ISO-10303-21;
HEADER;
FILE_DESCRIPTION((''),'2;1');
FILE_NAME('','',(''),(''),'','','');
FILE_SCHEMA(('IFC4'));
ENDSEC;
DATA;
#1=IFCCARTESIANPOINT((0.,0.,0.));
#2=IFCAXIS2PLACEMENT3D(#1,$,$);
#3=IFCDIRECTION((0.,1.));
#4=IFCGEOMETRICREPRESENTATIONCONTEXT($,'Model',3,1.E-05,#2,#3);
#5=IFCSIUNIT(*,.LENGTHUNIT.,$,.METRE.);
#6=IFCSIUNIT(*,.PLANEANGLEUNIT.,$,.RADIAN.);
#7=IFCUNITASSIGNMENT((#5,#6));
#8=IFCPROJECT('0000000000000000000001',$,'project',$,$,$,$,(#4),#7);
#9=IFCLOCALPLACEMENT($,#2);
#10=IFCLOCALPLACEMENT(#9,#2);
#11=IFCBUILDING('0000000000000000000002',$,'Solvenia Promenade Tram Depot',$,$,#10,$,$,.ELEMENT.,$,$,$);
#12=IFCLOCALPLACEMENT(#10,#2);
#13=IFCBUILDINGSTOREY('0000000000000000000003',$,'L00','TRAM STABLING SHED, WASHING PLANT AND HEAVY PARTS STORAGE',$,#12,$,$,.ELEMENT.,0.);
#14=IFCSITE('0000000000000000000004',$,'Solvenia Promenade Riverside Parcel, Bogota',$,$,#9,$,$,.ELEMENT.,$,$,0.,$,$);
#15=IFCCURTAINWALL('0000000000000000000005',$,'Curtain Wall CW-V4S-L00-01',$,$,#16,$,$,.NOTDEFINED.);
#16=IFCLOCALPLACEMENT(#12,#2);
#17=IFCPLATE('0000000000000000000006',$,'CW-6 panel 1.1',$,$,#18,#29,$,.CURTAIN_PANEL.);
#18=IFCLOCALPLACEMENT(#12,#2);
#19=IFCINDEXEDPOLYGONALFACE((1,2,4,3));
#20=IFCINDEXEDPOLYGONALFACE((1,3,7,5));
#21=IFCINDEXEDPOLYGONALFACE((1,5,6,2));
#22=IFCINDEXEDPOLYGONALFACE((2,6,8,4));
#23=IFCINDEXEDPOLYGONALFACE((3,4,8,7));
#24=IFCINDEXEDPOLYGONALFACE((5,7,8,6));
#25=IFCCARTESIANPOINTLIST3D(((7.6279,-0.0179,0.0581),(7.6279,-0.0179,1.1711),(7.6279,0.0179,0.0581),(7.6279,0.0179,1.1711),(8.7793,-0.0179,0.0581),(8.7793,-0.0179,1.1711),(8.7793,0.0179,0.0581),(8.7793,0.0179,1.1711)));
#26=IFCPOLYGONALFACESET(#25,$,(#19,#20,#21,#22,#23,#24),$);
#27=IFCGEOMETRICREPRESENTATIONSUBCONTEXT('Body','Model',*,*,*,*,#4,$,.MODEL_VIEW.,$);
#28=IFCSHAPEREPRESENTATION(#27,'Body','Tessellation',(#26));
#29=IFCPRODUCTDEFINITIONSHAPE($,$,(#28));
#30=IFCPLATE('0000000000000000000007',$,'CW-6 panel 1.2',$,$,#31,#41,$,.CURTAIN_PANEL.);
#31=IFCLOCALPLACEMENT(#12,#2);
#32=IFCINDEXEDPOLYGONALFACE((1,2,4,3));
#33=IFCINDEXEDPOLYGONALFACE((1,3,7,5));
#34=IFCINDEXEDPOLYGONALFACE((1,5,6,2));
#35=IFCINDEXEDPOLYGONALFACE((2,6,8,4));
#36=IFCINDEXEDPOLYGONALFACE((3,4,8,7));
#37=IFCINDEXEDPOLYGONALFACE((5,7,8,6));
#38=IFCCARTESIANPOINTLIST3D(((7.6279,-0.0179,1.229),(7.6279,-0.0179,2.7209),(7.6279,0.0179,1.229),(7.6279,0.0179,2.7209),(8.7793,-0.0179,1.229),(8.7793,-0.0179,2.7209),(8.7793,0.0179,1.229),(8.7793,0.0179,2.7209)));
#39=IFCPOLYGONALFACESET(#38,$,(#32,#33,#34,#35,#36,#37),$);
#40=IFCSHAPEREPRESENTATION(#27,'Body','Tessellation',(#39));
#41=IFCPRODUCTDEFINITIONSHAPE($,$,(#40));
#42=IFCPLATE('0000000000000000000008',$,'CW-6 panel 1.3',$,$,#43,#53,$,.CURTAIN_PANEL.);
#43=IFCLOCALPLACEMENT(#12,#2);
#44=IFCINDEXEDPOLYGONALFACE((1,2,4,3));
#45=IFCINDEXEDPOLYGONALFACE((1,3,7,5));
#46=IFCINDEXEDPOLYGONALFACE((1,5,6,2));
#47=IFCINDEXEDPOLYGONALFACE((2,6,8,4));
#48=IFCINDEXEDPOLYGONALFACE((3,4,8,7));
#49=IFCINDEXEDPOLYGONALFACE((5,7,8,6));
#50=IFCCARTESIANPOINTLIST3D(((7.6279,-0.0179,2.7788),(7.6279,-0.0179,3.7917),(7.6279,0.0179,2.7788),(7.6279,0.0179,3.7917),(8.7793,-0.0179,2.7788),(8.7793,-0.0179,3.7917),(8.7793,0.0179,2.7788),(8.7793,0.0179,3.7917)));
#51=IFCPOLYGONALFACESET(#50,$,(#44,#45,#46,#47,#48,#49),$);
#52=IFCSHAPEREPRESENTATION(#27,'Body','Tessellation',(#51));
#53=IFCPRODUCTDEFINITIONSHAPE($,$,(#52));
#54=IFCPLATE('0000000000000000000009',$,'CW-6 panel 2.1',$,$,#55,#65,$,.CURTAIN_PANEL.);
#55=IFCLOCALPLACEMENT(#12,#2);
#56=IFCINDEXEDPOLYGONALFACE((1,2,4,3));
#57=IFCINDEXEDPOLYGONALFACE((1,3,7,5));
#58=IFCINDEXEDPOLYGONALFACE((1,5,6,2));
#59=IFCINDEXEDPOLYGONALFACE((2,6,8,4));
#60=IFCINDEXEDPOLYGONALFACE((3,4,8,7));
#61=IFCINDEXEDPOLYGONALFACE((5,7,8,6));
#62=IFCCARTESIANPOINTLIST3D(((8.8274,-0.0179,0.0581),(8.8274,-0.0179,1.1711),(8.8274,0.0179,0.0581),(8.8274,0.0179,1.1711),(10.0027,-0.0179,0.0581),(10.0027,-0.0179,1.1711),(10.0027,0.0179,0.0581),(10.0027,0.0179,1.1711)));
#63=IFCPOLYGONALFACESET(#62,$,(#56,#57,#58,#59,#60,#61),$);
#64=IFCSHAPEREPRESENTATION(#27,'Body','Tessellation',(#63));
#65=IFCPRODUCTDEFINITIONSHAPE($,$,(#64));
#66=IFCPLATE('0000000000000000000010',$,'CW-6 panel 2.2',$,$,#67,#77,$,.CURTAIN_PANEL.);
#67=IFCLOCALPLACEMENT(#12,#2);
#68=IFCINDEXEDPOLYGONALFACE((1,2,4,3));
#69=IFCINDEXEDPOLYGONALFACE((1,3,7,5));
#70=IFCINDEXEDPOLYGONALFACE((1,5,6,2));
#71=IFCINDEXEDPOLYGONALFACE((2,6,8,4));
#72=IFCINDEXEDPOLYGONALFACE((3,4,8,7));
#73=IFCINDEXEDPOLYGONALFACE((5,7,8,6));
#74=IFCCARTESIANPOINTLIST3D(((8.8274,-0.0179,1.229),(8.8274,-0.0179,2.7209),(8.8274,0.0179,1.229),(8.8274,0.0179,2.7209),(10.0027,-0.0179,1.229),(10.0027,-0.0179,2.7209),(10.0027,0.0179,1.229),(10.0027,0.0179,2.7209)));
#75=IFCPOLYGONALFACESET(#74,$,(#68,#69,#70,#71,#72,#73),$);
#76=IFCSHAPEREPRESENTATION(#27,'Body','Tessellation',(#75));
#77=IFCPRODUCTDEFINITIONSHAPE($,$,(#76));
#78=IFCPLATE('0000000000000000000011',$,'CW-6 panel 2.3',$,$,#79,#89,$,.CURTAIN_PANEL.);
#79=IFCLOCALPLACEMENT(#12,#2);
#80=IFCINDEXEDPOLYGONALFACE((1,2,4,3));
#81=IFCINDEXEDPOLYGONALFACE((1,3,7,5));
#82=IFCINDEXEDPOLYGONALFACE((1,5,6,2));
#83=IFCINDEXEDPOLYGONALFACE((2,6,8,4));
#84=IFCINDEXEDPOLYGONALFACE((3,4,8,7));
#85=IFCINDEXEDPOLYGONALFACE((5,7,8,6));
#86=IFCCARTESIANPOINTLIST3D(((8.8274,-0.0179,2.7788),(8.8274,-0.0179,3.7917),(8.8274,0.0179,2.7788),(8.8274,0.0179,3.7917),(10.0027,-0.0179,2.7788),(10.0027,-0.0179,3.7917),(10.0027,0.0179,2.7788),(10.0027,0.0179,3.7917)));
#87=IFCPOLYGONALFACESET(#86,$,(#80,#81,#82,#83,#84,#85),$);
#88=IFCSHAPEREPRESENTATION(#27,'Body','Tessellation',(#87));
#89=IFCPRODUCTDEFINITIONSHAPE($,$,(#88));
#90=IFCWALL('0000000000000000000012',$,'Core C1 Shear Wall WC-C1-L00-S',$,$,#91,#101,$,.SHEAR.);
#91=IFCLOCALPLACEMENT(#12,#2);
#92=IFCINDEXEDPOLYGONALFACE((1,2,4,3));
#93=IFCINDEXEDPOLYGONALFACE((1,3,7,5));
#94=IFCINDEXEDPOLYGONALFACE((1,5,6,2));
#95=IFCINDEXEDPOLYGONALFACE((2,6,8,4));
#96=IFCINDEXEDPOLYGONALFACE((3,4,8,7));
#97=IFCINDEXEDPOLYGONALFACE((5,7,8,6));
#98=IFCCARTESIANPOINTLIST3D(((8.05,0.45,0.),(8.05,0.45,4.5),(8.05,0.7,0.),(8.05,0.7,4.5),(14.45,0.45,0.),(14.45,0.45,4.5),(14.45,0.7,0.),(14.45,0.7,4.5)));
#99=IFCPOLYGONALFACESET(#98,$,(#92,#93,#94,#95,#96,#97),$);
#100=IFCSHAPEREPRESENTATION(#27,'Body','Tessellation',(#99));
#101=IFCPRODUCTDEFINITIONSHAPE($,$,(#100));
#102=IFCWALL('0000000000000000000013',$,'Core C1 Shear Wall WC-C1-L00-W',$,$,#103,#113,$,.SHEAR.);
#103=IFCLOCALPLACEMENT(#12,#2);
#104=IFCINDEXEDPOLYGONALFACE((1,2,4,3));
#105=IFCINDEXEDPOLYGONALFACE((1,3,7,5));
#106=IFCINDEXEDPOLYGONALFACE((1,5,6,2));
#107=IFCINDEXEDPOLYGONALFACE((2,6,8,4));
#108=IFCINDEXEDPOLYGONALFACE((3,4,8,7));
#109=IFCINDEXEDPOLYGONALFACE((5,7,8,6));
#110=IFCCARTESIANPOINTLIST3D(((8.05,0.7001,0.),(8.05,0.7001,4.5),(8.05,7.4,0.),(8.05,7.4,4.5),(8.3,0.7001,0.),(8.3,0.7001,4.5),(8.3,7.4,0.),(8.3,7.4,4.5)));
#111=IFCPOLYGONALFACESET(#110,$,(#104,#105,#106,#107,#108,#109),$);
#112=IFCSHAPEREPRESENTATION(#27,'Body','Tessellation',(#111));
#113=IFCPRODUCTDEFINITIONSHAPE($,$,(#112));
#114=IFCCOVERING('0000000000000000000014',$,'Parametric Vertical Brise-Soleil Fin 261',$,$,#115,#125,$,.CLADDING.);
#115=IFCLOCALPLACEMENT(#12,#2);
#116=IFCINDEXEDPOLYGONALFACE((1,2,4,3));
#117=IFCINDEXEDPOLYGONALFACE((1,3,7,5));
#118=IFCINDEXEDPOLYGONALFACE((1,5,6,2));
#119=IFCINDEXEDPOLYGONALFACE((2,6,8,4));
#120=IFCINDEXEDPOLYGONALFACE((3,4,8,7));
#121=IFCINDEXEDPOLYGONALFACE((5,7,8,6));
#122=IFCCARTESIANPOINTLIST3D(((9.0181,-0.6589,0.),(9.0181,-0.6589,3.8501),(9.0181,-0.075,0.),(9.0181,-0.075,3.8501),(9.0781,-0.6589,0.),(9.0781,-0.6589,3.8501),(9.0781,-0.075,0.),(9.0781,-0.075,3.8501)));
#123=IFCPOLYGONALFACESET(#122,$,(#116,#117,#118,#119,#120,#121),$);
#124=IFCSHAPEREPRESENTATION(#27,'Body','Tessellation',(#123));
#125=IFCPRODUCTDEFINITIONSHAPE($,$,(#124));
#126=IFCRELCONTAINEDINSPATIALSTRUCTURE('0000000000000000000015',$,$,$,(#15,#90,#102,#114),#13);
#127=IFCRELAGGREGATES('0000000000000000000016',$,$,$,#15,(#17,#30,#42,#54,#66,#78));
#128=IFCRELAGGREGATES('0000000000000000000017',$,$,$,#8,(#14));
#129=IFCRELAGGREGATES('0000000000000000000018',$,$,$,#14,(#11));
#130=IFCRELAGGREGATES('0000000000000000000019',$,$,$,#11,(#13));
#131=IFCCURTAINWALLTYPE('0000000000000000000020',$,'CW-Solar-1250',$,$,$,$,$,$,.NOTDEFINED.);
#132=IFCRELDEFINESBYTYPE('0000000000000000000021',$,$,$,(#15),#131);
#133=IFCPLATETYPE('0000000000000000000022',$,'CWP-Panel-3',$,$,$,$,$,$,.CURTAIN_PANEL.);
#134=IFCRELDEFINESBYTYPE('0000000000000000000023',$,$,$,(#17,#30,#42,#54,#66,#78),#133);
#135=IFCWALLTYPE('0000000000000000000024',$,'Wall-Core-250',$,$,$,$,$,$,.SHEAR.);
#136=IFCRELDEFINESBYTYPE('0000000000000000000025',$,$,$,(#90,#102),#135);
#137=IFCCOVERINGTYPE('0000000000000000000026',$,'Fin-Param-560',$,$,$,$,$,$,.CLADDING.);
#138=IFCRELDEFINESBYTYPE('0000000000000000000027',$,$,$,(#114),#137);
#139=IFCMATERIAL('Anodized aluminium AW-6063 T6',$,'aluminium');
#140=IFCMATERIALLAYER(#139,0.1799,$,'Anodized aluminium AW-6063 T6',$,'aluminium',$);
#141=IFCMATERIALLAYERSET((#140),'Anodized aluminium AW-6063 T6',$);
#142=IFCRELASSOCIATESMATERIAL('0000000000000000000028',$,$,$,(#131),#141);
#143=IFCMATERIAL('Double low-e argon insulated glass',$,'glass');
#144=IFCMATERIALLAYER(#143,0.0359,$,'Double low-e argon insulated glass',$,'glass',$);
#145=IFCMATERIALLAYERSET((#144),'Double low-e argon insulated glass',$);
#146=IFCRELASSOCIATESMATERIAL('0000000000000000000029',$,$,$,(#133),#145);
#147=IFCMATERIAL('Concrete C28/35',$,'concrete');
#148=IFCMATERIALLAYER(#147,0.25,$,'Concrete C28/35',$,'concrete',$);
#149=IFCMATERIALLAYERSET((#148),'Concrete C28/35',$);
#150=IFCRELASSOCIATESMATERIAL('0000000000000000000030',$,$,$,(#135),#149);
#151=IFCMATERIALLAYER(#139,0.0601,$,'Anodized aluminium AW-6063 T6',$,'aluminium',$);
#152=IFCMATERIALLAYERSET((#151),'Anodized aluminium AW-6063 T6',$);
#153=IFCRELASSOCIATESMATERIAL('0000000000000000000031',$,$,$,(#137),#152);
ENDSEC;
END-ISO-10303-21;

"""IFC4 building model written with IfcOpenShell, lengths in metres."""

from ifc_helpers import new_model, si_unit, direction, frame, frame_2d, origin, origin_2d, place, context, subcontext, project, spatial, rectangle, extrude, material, layer, layer_set, type_object, element, aggregate, save


model = new_model("IFC4")

# Units and contexts
model_context = context("Model", 3, precision=1e-05, world=origin(), true_north=direction((0.0, 1.0)))
body_context = subcontext(model_context, "Body", "Model", "MODEL_VIEW")
ifc_project = project(units=[si_unit("LENGTHUNIT", "METRE"), si_unit("PLANEANGLEUNIT", "RADIAN")], contexts=[model_context])

# Site, building, storey
site_placement = place(None, origin())
site = spatial("IfcSite", under=ifc_project, at=site_placement, Name="Solvenia Promenade Riverside Parcel, Bogota", CompositionType="ELEMENT", RefElevation=0.0)
building_placement = place(site_placement, origin())
building = spatial("IfcBuilding", under=site, at=building_placement, Name="Solvenia Promenade Tram Depot", CompositionType="ELEMENT")
storey_placement = place(building_placement, origin())
storey = spatial("IfcBuildingStorey", under=building, at=storey_placement, Name="L00", Description="TRAM STABLING SHED, WASHING PLANT AND HEAVY PARTS STORAGE", CompositionType="ELEMENT", Elevation=0.0)

# Shared definitions
ifc_material_1 = material(Name="Concrete C28/35", Category="concrete")

# Shared definitions
ifc_material_2 = material(Name="Anodized aluminium AW-6063 T6", Category="aluminium")

# Curtain wall
ifc_layer_1 = layer(ifc_material_2, 0.1799, Name="Anodized aluminium AW-6063 T6", Category="aluminium")
ifc_layer_set_1 = layer_set([ifc_layer_1], Name="Anodized aluminium AW-6063 T6")
curtain_wall_type_1 = type_object("IfcCurtainWallType", Name="CW-Solar-1250", PredefinedType="NOTDEFINED", material=ifc_layer_set_1)
curtain_wall_1_placement = place(storey_placement, origin())
curtain_wall_1 = element("IfcCurtainWall", 1, at=curtain_wall_1_placement, inside=storey, type_object=curtain_wall_type_1, Name="Curtain Wall CW-V4S-L00-01", PredefinedType="NOTDEFINED")

# Plates
ifc_material_3 = material(Name="Double low-e argon insulated glass", Category="glass")
ifc_layer_2 = layer(ifc_material_3, 0.0359, Name="Double low-e argon insulated glass", Category="glass")
ifc_layer_set_2 = layer_set([ifc_layer_2], Name="Double low-e argon insulated glass")
plate_type = type_object("IfcPlateType", Name="CWP-Panel-3", PredefinedType="CURTAIN_PANEL", material=ifc_layer_set_2)
plate_1_placement = place(storey_placement, frame((8.2036, 0.0, 0.0581), z_axis=(0.0, 0.0, 1.0), x_axis=(1.0, 0.0, 0.0)))
plate_1 = element("IfcPlate", 2, at=plate_1_placement, type_object=plate_type, Name="CW-6 panel 1.1", PredefinedType="CURTAIN_PANEL", context=body_context, shape_type="SweptSolid", body=[
    extrude(rectangle(XDim=1.1514, YDim=0.0359, at=origin_2d()), origin(), (0.0, 0.0, 1.0), 1.113),
])
plate_2_placement = place(storey_placement, frame((8.2036, 0.0, 1.229), z_axis=(0.0, 0.0, 1.0), x_axis=(1.0, 0.0, 0.0)))
plate_2 = element("IfcPlate", 3, at=plate_2_placement, type_object=plate_type, Name="CW-6 panel 1.2", PredefinedType="CURTAIN_PANEL", context=body_context, shape_type="SweptSolid", body=[
    extrude(rectangle(XDim=1.1514, YDim=0.0359, at=origin_2d()), origin(), (0.0, 0.0, 1.0), 1.4919),
])
plate_3_placement = place(storey_placement, frame((8.2036, 0.0, 2.7788), z_axis=(0.0, 0.0, 1.0), x_axis=(1.0, 0.0, 0.0)))
plate_3 = element("IfcPlate", 4, at=plate_3_placement, type_object=plate_type, Name="CW-6 panel 1.3", PredefinedType="CURTAIN_PANEL", context=body_context, shape_type="SweptSolid", body=[
    extrude(rectangle(XDim=1.1514, YDim=0.0359, at=origin_2d()), origin(), (0.0, 0.0, 1.0), 1.0129),
])
plate_4_placement = place(storey_placement, frame((9.415, 0.0, 0.0581), z_axis=(0.0, 0.0, 1.0), x_axis=(1.0, 0.0, 0.0)))
plate_4 = element("IfcPlate", 5, at=plate_4_placement, type_object=plate_type, Name="CW-6 panel 2.1", PredefinedType="CURTAIN_PANEL", context=body_context, shape_type="SweptSolid", body=[
    extrude(rectangle(XDim=1.1753, YDim=0.0359, at=origin_2d()), origin(), (0.0, 0.0, 1.0), 1.113),
])
plate_5_placement = place(storey_placement, frame((9.415, 0.0, 1.229), z_axis=(0.0, 0.0, 1.0), x_axis=(1.0, 0.0, 0.0)))
plate_5 = element("IfcPlate", 6, at=plate_5_placement, type_object=plate_type, Name="CW-6 panel 2.2", PredefinedType="CURTAIN_PANEL", context=body_context, shape_type="SweptSolid", body=[
    extrude(rectangle(XDim=1.1753, YDim=0.0359, at=origin_2d()), origin(), (0.0, 0.0, 1.0), 1.4919),
])
plate_6_placement = place(storey_placement, frame((9.415, 0.0, 2.7788), z_axis=(0.0, 0.0, 1.0), x_axis=(1.0, 0.0, 0.0)))
plate_6 = element("IfcPlate", 7, at=plate_6_placement, type_object=plate_type, Name="CW-6 panel 2.3", PredefinedType="CURTAIN_PANEL", context=body_context, shape_type="SweptSolid", body=[
    extrude(rectangle(XDim=1.1753, YDim=0.0359, at=origin_2d()), origin(), (0.0, 0.0, 1.0), 1.0129),
])
aggregate(curtain_wall_1, [plate_1, plate_2, plate_3, plate_4, plate_5, plate_6])

# Walls
ifc_layer_3 = layer(ifc_material_1, 0.25, Name="Concrete C28/35", Category="concrete")
ifc_layer_set_3 = layer_set([ifc_layer_3], Name="Concrete C28/35")
wall_type = type_object("IfcWallType", Name="Wall-Core-250", PredefinedType="SHEAR", material=ifc_layer_set_3)
wall_1_placement = place(storey_placement, frame((8.05, 0.575, 0.0), z_axis=(0.0, 0.0, 1.0), x_axis=(1.0, 0.0, 0.0)))
element("IfcWall", 8, at=wall_1_placement, inside=storey, type_object=wall_type, Name="Core C1 Shear Wall WC-C1-L00-S", PredefinedType="SHEAR", context=body_context, shape_type="SweptSolid", body=[
    extrude(rectangle(XDim=6.3999, YDim=0.25, at=frame_2d((3.2, 0.0))), origin(), (0.0, 0.0, 1.0), 4.5),
])
wall_2_placement = place(storey_placement, frame((8.175, 0.7, 0.0), z_axis=(0.0, 0.0, 1.0), x_axis=(0.0, 1.0, 0.0)))
element("IfcWall", 9, at=wall_2_placement, inside=storey, type_object=wall_type, Name="Core C1 Shear Wall WC-C1-L00-W", PredefinedType="SHEAR", context=body_context, shape_type="SweptSolid", body=[
    extrude(rectangle(XDim=6.7, YDim=0.25, at=frame_2d((3.3501, 0.0))), origin(), (0.0, 0.0, 1.0), 4.5),
])

# Covering
ifc_layer_4 = layer(ifc_material_2, 0.0601, Name="Anodized aluminium AW-6063 T6", Category="aluminium")
ifc_layer_set_4 = layer_set([ifc_layer_4], Name="Anodized aluminium AW-6063 T6")
covering_type = type_object("IfcCoveringType", Name="Fin-Param-560", PredefinedType="CLADDING", material=ifc_layer_set_4)
covering_placement = place(storey_placement, frame((9.0481, -0.3669, 0.0), z_axis=(0.0, 0.0, 1.0), x_axis=(1.0, 0.0, 0.0)))
element("IfcCovering", 10, at=covering_placement, inside=storey, type_object=covering_type, Name="Parametric Vertical Brise-Soleil Fin 261", PredefinedType="CLADDING", context=body_context, shape_type="SweptSolid", body=[
    extrude(rectangle(XDim=0.0601, YDim=0.584, at=origin_2d()), origin(), (0.0, 0.0, 1.0), 3.8501),
])

save(model, "model.ifc")
